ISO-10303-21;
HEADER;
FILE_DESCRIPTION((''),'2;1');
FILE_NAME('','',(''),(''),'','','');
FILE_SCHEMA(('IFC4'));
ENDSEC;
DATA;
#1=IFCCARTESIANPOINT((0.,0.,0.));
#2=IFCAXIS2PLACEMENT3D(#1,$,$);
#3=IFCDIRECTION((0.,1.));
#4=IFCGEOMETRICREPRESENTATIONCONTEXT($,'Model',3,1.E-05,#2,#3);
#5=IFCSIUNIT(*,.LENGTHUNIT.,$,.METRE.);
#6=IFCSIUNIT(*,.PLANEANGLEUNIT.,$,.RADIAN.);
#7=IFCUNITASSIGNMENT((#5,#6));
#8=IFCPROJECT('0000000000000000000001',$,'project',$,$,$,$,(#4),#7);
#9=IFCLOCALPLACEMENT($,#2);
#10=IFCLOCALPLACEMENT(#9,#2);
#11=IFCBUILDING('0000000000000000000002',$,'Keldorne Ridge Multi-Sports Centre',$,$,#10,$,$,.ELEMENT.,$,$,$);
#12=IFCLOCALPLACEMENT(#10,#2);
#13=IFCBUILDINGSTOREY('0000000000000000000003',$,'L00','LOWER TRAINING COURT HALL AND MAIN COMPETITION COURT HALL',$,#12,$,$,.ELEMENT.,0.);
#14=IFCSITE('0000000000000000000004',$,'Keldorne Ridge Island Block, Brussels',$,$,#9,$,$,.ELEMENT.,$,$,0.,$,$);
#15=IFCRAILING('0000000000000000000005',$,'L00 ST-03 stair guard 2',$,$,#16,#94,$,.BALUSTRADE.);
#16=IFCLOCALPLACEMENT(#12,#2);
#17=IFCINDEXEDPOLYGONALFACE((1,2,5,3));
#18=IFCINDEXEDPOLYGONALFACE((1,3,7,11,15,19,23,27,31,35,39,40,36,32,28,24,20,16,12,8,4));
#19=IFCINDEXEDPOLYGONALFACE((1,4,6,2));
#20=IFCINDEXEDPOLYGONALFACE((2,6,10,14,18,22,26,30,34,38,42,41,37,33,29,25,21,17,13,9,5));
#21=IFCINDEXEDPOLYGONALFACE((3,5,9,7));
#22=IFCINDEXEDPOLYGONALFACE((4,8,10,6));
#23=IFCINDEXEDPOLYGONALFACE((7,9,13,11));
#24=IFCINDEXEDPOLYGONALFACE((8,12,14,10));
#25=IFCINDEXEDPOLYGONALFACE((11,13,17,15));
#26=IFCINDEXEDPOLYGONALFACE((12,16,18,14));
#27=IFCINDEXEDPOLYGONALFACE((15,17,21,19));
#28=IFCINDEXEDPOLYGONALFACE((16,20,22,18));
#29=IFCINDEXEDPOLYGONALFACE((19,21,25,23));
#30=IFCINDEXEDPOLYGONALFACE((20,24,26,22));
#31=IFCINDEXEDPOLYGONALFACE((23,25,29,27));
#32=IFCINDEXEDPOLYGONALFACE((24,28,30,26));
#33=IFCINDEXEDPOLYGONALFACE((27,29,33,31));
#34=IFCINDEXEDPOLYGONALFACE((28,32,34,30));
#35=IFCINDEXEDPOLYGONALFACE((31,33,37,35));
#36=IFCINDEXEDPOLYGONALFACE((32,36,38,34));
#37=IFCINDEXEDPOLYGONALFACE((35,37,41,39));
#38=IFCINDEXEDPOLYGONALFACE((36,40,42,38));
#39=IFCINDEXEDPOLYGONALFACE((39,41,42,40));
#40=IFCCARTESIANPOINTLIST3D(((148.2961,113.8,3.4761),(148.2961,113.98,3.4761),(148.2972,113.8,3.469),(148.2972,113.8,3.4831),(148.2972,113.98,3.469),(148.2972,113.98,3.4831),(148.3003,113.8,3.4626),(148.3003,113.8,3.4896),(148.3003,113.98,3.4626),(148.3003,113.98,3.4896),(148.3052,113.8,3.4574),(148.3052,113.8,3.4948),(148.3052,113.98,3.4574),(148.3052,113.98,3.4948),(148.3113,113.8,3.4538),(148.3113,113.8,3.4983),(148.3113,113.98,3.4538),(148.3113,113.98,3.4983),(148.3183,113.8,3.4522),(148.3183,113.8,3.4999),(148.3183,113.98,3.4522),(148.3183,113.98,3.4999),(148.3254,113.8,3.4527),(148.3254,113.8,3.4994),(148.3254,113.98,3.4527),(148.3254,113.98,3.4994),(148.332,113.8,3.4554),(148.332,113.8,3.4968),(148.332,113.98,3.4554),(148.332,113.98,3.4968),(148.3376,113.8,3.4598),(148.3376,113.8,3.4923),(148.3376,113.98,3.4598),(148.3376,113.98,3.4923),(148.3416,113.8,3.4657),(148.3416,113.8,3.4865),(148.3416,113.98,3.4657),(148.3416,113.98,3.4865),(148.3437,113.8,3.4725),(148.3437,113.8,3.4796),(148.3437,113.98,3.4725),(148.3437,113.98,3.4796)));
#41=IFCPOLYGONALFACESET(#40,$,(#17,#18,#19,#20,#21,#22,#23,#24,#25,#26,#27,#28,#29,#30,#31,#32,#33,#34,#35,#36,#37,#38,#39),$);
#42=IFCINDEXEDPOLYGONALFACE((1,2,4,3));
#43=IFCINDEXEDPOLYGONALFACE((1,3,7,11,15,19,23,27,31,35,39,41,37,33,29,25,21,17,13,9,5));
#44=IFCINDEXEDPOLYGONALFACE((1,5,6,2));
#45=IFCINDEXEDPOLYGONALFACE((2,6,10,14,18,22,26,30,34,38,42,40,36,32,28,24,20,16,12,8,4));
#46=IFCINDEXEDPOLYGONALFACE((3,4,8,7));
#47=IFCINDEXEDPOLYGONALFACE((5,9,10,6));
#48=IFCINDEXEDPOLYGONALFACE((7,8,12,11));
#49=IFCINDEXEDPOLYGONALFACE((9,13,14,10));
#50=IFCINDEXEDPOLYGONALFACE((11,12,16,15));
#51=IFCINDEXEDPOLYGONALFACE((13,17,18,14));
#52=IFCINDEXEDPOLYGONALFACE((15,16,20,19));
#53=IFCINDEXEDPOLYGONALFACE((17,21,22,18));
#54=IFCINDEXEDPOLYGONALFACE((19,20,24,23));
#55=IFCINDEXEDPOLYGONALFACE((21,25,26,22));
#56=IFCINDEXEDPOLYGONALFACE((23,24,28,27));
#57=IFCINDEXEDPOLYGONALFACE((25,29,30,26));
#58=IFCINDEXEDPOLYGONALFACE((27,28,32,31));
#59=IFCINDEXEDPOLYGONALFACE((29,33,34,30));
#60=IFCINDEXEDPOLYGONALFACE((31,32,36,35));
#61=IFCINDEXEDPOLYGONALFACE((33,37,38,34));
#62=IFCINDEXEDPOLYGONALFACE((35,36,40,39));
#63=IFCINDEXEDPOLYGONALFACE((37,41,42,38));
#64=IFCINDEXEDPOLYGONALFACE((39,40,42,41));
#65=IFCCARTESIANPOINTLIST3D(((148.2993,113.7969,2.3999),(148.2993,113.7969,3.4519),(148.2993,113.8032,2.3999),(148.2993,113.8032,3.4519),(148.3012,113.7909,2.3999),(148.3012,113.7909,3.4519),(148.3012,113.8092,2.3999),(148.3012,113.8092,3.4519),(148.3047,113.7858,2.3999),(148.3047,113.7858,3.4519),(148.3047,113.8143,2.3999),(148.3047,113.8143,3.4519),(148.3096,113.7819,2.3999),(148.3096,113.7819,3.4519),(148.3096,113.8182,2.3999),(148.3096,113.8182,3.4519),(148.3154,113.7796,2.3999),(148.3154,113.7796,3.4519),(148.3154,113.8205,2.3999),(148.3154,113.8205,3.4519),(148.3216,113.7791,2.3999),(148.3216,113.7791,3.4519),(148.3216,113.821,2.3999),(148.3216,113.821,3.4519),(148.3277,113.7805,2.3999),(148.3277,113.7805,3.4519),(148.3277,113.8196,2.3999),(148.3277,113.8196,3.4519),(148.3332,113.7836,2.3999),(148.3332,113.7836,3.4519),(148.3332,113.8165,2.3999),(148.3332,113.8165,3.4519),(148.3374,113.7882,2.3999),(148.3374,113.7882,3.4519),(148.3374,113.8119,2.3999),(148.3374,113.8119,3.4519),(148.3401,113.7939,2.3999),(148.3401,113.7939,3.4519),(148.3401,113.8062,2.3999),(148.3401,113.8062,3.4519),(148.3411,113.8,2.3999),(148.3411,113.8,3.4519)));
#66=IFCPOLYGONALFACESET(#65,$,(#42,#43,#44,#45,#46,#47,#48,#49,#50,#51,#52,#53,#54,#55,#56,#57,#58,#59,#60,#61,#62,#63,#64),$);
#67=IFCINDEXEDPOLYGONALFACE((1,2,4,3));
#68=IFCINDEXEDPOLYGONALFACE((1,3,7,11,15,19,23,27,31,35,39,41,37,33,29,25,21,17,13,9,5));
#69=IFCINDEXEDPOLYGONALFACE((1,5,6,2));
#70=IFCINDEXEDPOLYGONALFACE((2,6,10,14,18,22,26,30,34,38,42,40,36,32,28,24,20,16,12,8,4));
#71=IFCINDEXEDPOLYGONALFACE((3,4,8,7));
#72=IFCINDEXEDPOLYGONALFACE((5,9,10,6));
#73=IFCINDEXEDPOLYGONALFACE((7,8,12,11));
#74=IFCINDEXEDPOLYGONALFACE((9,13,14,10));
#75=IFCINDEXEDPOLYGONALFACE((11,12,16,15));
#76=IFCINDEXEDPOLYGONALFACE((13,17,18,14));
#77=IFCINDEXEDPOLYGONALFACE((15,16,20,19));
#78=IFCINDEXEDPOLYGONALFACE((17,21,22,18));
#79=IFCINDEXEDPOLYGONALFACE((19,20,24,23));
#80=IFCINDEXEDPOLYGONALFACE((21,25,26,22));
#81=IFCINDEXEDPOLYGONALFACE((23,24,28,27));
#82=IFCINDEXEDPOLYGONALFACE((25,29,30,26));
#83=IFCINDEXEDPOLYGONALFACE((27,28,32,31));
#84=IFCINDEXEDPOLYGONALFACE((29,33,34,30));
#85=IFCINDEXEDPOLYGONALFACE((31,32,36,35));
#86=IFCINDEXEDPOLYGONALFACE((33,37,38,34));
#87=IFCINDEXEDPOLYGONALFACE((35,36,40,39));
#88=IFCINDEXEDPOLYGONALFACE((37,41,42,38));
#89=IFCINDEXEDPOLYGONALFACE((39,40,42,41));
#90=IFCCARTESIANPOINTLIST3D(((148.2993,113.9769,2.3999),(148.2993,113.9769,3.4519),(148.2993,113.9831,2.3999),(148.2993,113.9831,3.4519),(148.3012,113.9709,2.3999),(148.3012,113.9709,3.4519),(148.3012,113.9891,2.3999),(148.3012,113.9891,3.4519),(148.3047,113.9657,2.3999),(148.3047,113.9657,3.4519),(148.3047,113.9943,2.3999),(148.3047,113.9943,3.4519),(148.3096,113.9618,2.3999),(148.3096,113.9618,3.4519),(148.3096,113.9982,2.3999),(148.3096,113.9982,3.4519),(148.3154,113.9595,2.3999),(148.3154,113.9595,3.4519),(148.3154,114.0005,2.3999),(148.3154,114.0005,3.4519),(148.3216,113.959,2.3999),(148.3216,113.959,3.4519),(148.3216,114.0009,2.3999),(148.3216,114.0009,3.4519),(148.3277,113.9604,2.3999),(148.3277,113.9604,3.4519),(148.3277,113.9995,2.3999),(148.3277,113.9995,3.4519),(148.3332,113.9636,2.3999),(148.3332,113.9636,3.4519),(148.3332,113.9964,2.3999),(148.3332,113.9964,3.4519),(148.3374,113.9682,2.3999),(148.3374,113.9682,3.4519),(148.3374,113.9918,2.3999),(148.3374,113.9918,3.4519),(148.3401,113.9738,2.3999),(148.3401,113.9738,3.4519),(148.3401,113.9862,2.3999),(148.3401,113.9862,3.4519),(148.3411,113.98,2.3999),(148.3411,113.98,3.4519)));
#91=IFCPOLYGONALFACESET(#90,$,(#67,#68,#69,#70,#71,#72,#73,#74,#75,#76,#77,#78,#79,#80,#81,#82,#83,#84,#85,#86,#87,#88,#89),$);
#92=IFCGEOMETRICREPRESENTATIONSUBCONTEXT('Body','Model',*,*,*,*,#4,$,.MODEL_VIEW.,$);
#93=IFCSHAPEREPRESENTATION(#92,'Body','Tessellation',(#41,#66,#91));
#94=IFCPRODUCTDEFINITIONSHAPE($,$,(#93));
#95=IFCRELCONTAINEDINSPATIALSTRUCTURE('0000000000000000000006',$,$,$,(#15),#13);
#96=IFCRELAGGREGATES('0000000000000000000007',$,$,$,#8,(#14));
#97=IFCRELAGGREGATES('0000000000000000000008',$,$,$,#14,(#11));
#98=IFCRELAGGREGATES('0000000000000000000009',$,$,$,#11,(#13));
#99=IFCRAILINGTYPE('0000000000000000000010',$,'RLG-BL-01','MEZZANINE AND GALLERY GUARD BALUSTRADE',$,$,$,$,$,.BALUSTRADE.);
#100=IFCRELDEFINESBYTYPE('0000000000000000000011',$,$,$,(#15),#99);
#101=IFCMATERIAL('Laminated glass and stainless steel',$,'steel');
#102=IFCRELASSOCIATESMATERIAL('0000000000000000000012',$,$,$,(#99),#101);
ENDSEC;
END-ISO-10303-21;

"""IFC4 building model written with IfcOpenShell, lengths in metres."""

from ifc_helpers import new_model, si_unit, direction, frame, origin, origin_2d, place, context, subcontext, project, spatial, circle, extrude, material, type_object, element, save


model = new_model("IFC4")

# Units and contexts
model_context = context("Model", 3, precision=1e-05, world=origin(), true_north=direction((0.0, 1.0)))
body_context = subcontext(model_context, "Body", "Model", "MODEL_VIEW")
ifc_project = project(units=[si_unit("LENGTHUNIT", "METRE"), si_unit("PLANEANGLEUNIT", "RADIAN")], contexts=[model_context])

# Site, building, storey
site_placement = place(None, origin())
site = spatial("IfcSite", under=ifc_project, at=site_placement, Name="Keldorne Ridge Island Block, Brussels", CompositionType="ELEMENT", RefElevation=0.0)
building_placement = place(site_placement, origin())
building = spatial("IfcBuilding", under=site, at=building_placement, Name="Keldorne Ridge Multi-Sports Centre", CompositionType="ELEMENT")
storey_placement = place(building_placement, origin())
storey = spatial("IfcBuildingStorey", under=building, at=storey_placement, Name="L00", Description="LOWER TRAINING COURT HALL AND MAIN COMPETITION COURT HALL", CompositionType="ELEMENT", Elevation=0.0)

# Railing
ifc_material_1 = material(Name="Laminated glass and stainless steel", Category="steel")
railing_type_1 = type_object("IfcRailingType", Name="RLG-BL-01", Description="MEZZANINE AND GALLERY GUARD BALUSTRADE", PredefinedType="BALUSTRADE", material=ifc_material_1)
railing_1_placement = place(storey_placement, frame((148.3201, 113.8, 2.3999)))
element("IfcRailing", 1, at=railing_1_placement, inside=storey, type_object=railing_type_1, Name="L00 ST-03 stair guard 2", PredefinedType="BALUSTRADE", context=body_context, shape_type="SweptSolid", body=[
    extrude(circle(Radius=0.0239, at=origin_2d()), frame((0.0, 0.0, 1.0762), z_axis=(0.0, 1.0, 0.0), x_axis=(-1.0, 0.0, 0.0)), (0.0, 0.0, 1.0), 0.1799),
    extrude(circle(Radius=0.021, at=origin_2d()), origin(), (0.0, 0.0, 1.0), 1.052),
    extrude(circle(Radius=0.021, at=origin_2d()), frame((0.0, 0.1799, 0.0)), (0.0, 0.0, 1.0), 1.052),
])

save(model, "model.ifc")
